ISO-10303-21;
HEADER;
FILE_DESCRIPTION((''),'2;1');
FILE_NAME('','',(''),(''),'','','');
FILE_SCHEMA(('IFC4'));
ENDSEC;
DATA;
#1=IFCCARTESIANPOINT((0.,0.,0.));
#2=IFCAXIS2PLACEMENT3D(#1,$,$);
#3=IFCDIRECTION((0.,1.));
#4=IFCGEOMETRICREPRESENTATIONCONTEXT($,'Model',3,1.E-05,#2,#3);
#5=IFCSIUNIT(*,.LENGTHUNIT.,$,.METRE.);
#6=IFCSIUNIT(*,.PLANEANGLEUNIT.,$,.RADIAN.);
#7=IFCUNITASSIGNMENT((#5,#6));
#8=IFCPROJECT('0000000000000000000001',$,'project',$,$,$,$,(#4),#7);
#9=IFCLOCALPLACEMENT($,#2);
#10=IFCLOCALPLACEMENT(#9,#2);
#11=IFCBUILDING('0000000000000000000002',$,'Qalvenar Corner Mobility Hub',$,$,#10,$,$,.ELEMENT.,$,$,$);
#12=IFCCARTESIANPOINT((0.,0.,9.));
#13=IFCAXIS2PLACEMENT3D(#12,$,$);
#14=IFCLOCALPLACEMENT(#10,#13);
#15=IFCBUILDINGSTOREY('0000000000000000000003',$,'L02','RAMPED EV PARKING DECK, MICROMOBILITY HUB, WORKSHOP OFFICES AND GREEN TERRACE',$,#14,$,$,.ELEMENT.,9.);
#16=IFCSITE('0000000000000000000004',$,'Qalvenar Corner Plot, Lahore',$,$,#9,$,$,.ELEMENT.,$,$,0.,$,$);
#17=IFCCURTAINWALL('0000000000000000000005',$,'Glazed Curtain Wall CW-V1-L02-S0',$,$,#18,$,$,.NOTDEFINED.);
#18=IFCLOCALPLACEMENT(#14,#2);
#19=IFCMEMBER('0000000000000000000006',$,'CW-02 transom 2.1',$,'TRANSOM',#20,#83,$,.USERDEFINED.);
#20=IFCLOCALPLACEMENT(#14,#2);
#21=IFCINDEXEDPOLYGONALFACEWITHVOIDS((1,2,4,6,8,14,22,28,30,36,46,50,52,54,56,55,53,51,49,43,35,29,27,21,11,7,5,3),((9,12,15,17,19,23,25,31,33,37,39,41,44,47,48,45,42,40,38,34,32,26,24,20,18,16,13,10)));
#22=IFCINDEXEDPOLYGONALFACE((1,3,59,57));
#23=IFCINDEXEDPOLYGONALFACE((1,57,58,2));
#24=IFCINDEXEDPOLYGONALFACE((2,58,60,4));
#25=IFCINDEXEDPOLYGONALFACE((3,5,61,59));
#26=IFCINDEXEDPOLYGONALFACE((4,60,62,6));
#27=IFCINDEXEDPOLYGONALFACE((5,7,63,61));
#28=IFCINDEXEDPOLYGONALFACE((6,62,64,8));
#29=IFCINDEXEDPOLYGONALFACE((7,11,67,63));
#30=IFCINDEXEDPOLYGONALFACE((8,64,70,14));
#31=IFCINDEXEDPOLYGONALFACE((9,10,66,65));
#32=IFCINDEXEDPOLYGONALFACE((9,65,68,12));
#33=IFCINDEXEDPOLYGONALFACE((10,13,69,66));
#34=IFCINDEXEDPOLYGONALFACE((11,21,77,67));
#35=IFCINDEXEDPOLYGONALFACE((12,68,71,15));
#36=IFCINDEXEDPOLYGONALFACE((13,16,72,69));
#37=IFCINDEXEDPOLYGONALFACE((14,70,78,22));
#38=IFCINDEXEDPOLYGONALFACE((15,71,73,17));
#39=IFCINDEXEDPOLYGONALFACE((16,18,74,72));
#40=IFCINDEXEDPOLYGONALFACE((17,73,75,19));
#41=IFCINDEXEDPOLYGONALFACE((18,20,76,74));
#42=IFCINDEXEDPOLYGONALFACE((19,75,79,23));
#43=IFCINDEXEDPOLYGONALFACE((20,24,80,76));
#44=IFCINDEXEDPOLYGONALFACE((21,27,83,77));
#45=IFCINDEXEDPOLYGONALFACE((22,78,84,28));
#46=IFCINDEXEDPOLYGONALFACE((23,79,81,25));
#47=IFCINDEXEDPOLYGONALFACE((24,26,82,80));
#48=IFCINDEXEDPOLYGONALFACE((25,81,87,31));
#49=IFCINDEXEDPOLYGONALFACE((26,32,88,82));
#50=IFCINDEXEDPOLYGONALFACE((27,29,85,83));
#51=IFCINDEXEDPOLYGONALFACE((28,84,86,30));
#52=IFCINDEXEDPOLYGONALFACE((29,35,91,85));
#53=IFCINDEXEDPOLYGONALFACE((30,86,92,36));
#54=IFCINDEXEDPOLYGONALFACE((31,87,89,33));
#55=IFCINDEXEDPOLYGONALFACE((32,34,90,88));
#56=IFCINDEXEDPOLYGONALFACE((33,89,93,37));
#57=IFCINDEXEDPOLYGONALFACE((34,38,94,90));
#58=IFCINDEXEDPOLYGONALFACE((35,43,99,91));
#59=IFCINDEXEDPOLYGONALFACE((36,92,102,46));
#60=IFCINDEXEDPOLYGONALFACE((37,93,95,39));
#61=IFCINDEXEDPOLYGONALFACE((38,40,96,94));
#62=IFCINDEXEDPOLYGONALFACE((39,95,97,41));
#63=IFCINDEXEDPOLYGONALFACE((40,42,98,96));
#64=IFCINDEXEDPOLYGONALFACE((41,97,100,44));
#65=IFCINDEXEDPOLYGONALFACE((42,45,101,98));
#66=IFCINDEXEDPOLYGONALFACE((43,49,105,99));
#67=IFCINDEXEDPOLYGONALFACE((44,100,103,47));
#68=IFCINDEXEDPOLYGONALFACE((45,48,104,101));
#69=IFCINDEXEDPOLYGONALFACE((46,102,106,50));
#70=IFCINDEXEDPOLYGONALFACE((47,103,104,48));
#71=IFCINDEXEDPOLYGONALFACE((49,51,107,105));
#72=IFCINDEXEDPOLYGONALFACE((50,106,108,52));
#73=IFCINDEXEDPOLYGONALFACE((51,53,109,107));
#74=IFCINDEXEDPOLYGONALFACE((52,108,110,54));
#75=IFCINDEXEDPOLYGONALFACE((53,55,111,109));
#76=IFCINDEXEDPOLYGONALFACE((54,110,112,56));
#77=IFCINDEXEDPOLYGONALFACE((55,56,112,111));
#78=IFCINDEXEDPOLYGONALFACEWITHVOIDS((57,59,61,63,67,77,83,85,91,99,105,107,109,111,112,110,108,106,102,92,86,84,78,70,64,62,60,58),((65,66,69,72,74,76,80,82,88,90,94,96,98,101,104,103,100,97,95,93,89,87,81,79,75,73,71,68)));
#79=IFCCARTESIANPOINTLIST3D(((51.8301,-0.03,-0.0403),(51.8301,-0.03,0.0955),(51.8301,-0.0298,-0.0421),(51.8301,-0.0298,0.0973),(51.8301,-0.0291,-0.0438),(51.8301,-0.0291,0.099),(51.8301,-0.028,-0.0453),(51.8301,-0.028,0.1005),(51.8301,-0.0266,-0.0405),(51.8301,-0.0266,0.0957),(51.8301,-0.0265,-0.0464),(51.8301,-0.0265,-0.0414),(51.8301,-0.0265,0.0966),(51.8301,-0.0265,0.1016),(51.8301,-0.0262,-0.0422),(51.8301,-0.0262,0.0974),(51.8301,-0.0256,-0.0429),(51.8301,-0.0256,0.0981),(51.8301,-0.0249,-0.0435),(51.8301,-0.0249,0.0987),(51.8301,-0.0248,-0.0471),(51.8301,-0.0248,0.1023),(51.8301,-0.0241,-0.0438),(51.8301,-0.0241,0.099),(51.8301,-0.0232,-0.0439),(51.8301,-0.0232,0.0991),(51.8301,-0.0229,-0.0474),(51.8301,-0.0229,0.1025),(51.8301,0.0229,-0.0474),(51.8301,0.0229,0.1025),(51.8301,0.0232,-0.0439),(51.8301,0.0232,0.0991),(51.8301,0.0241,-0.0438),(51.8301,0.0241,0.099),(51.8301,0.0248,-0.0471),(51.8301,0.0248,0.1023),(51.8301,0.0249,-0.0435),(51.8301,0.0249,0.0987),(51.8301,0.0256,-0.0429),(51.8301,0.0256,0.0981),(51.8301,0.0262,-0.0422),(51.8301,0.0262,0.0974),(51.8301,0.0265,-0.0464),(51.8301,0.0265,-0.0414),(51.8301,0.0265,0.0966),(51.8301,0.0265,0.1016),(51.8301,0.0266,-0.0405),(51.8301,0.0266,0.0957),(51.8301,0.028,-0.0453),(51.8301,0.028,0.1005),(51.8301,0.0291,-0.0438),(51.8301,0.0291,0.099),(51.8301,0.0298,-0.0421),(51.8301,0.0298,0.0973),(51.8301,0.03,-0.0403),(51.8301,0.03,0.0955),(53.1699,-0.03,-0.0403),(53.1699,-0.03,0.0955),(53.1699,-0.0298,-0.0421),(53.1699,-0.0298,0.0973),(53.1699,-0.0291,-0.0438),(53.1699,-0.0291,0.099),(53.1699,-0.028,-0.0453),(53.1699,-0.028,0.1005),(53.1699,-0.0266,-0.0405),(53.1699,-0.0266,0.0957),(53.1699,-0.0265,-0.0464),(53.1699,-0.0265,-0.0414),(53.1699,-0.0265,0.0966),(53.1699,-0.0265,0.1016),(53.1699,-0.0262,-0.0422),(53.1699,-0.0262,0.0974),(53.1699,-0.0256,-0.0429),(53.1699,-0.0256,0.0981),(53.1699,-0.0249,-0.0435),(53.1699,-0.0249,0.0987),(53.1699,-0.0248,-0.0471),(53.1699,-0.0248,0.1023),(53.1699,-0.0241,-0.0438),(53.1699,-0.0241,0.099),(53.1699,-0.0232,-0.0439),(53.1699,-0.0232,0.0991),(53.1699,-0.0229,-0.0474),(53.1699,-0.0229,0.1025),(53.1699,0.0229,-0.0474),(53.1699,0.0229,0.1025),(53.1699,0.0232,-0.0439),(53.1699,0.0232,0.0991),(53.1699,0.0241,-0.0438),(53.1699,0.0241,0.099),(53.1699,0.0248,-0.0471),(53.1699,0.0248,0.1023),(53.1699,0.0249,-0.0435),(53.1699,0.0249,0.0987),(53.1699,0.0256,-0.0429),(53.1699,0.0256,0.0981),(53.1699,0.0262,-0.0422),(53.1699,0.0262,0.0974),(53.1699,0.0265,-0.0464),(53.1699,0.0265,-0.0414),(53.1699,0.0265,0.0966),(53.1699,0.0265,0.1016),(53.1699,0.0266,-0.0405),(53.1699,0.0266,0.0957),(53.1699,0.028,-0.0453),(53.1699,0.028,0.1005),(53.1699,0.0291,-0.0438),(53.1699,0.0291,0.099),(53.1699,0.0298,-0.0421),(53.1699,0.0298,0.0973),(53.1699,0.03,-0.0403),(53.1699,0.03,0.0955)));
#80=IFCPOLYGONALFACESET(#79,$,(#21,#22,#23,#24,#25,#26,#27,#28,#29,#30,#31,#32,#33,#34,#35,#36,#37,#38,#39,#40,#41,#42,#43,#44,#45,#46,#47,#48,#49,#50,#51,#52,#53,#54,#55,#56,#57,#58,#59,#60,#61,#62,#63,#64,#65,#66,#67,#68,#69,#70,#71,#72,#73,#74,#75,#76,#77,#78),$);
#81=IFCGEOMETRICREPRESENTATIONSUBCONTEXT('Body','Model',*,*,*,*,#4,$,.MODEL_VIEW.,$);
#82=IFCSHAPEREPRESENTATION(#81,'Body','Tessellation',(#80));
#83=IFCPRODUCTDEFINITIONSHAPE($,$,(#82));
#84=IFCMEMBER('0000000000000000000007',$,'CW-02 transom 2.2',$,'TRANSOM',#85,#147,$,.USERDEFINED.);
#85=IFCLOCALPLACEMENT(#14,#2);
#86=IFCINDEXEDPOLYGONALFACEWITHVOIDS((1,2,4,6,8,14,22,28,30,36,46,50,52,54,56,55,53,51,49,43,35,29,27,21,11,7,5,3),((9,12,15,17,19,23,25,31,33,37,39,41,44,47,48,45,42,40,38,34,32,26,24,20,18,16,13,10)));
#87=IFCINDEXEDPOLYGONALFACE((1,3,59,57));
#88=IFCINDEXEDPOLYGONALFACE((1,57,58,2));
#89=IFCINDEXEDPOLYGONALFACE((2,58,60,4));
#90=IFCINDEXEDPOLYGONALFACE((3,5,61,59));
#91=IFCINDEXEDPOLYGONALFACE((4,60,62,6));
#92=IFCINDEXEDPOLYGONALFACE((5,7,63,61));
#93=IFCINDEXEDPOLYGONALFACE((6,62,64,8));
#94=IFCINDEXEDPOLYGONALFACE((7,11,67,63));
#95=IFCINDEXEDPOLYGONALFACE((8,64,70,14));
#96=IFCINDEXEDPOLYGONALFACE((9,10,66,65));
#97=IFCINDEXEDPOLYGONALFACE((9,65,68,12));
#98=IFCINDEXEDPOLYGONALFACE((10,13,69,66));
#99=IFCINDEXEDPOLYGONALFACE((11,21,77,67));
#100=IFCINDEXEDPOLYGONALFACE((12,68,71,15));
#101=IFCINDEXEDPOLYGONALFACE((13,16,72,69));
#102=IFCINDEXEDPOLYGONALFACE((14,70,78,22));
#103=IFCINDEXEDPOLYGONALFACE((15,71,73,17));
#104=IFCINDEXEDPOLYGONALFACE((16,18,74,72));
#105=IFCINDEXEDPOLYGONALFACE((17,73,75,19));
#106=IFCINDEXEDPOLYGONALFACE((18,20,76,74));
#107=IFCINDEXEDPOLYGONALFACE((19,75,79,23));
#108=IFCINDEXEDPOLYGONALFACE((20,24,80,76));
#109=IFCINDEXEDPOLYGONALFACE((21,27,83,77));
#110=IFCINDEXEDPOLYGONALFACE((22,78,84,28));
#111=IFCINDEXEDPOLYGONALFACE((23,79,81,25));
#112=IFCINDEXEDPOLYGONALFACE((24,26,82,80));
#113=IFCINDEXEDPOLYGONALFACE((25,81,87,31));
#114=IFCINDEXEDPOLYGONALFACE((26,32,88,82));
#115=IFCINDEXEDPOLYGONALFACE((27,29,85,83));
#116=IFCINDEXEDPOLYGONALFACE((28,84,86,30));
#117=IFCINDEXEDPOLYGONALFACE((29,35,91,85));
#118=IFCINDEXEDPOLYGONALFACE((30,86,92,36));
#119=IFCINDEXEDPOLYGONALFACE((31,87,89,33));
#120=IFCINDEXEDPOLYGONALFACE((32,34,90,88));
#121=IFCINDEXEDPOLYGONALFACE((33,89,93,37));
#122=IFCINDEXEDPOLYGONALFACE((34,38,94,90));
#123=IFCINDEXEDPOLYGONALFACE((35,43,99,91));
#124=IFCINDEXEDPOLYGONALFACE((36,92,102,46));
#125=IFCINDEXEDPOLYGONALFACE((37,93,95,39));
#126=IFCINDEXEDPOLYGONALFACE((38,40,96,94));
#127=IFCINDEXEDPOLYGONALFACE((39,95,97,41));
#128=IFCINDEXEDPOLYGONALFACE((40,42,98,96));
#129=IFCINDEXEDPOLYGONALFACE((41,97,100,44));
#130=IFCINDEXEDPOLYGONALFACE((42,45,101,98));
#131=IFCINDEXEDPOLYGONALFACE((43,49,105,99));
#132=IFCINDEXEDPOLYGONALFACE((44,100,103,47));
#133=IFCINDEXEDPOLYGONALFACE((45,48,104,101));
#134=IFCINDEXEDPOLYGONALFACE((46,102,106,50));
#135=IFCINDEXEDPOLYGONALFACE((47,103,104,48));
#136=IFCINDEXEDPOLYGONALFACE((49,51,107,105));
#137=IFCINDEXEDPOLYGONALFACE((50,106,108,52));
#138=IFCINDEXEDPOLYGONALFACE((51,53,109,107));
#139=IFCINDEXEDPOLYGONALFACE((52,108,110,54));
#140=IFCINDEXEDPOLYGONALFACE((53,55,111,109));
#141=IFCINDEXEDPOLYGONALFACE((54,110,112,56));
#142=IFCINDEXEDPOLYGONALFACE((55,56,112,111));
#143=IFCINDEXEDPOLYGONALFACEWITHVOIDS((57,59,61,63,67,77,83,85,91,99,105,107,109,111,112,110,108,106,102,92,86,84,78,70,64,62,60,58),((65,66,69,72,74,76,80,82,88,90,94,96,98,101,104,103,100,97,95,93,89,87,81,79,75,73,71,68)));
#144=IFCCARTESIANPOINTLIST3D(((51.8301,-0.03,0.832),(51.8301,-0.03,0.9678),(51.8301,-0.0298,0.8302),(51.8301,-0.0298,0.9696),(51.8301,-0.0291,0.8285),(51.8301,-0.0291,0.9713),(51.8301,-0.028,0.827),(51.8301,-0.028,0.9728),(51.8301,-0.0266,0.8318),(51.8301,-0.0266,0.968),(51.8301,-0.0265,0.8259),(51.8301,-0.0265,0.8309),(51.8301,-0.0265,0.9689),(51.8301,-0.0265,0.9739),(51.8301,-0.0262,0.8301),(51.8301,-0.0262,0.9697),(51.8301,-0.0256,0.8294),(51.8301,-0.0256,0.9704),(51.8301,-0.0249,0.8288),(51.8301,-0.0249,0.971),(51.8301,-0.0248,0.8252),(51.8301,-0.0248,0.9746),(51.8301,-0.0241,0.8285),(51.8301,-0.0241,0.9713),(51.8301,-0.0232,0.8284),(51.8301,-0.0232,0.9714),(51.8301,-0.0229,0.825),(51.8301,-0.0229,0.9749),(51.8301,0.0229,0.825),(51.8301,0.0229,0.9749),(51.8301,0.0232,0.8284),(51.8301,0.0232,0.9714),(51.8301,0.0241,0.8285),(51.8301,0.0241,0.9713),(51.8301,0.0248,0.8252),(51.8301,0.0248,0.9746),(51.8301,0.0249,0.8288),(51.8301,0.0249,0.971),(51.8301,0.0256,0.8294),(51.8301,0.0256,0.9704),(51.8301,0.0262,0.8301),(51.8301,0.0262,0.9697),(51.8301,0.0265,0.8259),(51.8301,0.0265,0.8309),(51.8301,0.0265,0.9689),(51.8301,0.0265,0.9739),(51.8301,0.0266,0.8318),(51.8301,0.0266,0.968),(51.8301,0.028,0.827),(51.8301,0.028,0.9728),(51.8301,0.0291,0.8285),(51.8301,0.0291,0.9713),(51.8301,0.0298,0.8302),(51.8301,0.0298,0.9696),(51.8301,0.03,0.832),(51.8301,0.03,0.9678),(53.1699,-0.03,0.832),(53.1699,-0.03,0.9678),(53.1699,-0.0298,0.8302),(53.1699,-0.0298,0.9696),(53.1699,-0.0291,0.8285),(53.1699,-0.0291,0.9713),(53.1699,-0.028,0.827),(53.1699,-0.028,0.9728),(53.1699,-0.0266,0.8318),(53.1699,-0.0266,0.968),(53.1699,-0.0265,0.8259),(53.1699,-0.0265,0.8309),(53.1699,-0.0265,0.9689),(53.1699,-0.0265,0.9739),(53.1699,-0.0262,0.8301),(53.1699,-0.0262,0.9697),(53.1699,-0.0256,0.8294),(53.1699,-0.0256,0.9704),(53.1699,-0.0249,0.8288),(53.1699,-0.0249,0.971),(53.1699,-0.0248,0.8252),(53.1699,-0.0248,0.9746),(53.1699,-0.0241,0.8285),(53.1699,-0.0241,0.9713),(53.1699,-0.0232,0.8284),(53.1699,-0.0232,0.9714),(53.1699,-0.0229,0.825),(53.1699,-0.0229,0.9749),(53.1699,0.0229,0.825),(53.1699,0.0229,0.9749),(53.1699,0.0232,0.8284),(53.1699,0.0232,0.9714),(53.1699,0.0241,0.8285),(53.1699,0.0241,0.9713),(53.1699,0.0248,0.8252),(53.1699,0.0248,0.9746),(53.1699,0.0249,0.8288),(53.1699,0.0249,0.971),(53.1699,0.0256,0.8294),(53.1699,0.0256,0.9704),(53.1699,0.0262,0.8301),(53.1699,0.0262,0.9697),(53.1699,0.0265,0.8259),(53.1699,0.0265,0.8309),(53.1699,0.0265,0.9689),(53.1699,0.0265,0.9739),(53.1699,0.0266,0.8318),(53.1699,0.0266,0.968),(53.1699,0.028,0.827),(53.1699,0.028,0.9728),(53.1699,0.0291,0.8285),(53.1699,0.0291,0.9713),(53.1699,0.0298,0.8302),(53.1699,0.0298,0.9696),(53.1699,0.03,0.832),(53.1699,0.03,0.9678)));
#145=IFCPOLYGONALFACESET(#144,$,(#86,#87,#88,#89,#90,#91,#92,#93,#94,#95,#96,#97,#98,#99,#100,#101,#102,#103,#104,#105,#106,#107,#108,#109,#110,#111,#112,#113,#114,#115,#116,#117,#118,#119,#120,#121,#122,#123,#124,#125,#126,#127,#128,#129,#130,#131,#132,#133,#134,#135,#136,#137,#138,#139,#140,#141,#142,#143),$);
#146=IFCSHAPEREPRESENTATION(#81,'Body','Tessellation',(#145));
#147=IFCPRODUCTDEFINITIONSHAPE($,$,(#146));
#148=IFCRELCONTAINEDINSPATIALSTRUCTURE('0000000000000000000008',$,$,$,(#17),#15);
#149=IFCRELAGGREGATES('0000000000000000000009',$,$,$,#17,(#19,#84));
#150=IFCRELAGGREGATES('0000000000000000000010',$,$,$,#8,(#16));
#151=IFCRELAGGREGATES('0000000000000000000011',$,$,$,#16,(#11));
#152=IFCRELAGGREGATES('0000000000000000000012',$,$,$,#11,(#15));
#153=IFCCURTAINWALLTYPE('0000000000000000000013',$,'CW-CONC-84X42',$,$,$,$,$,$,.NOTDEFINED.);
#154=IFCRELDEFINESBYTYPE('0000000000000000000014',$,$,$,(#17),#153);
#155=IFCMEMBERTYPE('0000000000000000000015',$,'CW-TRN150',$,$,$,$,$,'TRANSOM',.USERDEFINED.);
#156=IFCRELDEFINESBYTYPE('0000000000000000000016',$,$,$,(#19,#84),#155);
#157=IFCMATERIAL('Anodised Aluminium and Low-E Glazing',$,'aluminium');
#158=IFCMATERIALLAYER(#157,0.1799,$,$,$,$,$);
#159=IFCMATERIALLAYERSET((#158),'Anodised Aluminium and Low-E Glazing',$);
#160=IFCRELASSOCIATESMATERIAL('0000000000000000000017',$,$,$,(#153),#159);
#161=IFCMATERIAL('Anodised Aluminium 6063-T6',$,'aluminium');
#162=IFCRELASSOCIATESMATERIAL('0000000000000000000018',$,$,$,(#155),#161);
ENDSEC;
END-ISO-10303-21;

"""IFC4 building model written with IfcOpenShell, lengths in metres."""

from ifc_helpers import new_model, si_unit, direction, frame, origin, origin_2d, place, context, subcontext, project, spatial, hollow_rectangle, extrude, material, layer, layer_set, material_profile, profile_set, type_object, element, aggregate, save


model = new_model("IFC4")

# Units and contexts
model_context = context("Model", 3, precision=1e-05, world=origin(), true_north=direction((0.0, 1.0)))
body_context = subcontext(model_context, "Body", "Model", "MODEL_VIEW")
ifc_project = project(units=[si_unit("LENGTHUNIT", "METRE"), si_unit("PLANEANGLEUNIT", "RADIAN")], contexts=[model_context])

# Site, building, storey
site_placement = place(None, origin())
site = spatial("IfcSite", under=ifc_project, at=site_placement, Name="Qalvenar Corner Plot, Lahore", CompositionType="ELEMENT", RefElevation=0.0)
building_placement = place(site_placement, origin())
building = spatial("IfcBuilding", under=site, at=building_placement, Name="Qalvenar Corner Mobility Hub", CompositionType="ELEMENT")
storey_placement = place(building_placement, frame((0.0, 0.0, 9.0)))
storey = spatial("IfcBuildingStorey", under=building, at=storey_placement, Name="L02", Description="RAMPED EV PARKING DECK, MICROMOBILITY HUB, WORKSHOP OFFICES AND GREEN TERRACE", CompositionType="ELEMENT", Elevation=9.0)

# Curtain wall, members
ifc_material_1 = material(Name="Anodised Aluminium and Low-E Glazing", Category="aluminium")
ifc_layer_1 = layer(ifc_material_1, 0.1799)
ifc_layer_set_1 = layer_set([ifc_layer_1], Name="Anodised Aluminium and Low-E Glazing")
curtain_wall_type = type_object("IfcCurtainWallType", Name="CW-CONC-84X42", PredefinedType="NOTDEFINED", material=ifc_layer_set_1)
curtain_wall_placement = place(storey_placement, origin())
curtain_wall = element("IfcCurtainWall", 1, at=curtain_wall_placement, inside=storey, type_object=curtain_wall_type, Name="Glazed Curtain Wall CW-V1-L02-S0", PredefinedType="NOTDEFINED")
ifc_material_2 = material(Name="Anodised Aluminium 6063-T6", Category="aluminium")
ifc_material_profile_1 = material_profile(ifc_material_2, hollow_rectangle(XDim=0.0601, YDim=0.1499, WallThickness=0.0034, InnerFilletRadius=0.0034, OuterFilletRadius=0.0071, at=origin_2d()), Name="RHS150x60x3.5")
ifc_profile_set_1 = profile_set([ifc_material_profile_1], Name="Anodised Aluminium 6063-T6")
member_type_1 = type_object("IfcMemberType", Name="CW-TRN150", ElementType="TRANSOM", PredefinedType="USERDEFINED", material=ifc_profile_set_1)
member_1_placement = place(storey_placement, frame((51.8301, 0.0, 0.0276), z_axis=(1.0, 0.0, 0.0), x_axis=(0.0, 1.0, 0.0)))
member_1 = element("IfcMember", 2, at=member_1_placement, type_object=member_type_1, Name="CW-02 transom 2.1", ObjectType="TRANSOM", PredefinedType="USERDEFINED", context=body_context, shape_type="SweptSolid", body=[
    extrude(hollow_rectangle(XDim=0.0601, YDim=0.1499, WallThickness=0.0034, InnerFilletRadius=0.0034, OuterFilletRadius=0.0071, at=origin_2d()), origin(), (0.0, 0.0, 1.0), 1.3398),
])
member_2_placement = place(storey_placement, frame((51.8301, 0.0, 0.8999), z_axis=(1.0, 0.0, 0.0), x_axis=(0.0, 1.0, 0.0)))
member_2 = element("IfcMember", 3, at=member_2_placement, type_object=member_type_1, Name="CW-02 transom 2.2", ObjectType="TRANSOM", PredefinedType="USERDEFINED", context=body_context, shape_type="SweptSolid", body=[
    extrude(hollow_rectangle(XDim=0.0601, YDim=0.1499, WallThickness=0.0034, InnerFilletRadius=0.0034, OuterFilletRadius=0.0071, at=origin_2d()), origin(), (0.0, 0.0, 1.0), 1.3398),
])
aggregate(curtain_wall, [member_1, member_2])

save(model, "model.ifc")
